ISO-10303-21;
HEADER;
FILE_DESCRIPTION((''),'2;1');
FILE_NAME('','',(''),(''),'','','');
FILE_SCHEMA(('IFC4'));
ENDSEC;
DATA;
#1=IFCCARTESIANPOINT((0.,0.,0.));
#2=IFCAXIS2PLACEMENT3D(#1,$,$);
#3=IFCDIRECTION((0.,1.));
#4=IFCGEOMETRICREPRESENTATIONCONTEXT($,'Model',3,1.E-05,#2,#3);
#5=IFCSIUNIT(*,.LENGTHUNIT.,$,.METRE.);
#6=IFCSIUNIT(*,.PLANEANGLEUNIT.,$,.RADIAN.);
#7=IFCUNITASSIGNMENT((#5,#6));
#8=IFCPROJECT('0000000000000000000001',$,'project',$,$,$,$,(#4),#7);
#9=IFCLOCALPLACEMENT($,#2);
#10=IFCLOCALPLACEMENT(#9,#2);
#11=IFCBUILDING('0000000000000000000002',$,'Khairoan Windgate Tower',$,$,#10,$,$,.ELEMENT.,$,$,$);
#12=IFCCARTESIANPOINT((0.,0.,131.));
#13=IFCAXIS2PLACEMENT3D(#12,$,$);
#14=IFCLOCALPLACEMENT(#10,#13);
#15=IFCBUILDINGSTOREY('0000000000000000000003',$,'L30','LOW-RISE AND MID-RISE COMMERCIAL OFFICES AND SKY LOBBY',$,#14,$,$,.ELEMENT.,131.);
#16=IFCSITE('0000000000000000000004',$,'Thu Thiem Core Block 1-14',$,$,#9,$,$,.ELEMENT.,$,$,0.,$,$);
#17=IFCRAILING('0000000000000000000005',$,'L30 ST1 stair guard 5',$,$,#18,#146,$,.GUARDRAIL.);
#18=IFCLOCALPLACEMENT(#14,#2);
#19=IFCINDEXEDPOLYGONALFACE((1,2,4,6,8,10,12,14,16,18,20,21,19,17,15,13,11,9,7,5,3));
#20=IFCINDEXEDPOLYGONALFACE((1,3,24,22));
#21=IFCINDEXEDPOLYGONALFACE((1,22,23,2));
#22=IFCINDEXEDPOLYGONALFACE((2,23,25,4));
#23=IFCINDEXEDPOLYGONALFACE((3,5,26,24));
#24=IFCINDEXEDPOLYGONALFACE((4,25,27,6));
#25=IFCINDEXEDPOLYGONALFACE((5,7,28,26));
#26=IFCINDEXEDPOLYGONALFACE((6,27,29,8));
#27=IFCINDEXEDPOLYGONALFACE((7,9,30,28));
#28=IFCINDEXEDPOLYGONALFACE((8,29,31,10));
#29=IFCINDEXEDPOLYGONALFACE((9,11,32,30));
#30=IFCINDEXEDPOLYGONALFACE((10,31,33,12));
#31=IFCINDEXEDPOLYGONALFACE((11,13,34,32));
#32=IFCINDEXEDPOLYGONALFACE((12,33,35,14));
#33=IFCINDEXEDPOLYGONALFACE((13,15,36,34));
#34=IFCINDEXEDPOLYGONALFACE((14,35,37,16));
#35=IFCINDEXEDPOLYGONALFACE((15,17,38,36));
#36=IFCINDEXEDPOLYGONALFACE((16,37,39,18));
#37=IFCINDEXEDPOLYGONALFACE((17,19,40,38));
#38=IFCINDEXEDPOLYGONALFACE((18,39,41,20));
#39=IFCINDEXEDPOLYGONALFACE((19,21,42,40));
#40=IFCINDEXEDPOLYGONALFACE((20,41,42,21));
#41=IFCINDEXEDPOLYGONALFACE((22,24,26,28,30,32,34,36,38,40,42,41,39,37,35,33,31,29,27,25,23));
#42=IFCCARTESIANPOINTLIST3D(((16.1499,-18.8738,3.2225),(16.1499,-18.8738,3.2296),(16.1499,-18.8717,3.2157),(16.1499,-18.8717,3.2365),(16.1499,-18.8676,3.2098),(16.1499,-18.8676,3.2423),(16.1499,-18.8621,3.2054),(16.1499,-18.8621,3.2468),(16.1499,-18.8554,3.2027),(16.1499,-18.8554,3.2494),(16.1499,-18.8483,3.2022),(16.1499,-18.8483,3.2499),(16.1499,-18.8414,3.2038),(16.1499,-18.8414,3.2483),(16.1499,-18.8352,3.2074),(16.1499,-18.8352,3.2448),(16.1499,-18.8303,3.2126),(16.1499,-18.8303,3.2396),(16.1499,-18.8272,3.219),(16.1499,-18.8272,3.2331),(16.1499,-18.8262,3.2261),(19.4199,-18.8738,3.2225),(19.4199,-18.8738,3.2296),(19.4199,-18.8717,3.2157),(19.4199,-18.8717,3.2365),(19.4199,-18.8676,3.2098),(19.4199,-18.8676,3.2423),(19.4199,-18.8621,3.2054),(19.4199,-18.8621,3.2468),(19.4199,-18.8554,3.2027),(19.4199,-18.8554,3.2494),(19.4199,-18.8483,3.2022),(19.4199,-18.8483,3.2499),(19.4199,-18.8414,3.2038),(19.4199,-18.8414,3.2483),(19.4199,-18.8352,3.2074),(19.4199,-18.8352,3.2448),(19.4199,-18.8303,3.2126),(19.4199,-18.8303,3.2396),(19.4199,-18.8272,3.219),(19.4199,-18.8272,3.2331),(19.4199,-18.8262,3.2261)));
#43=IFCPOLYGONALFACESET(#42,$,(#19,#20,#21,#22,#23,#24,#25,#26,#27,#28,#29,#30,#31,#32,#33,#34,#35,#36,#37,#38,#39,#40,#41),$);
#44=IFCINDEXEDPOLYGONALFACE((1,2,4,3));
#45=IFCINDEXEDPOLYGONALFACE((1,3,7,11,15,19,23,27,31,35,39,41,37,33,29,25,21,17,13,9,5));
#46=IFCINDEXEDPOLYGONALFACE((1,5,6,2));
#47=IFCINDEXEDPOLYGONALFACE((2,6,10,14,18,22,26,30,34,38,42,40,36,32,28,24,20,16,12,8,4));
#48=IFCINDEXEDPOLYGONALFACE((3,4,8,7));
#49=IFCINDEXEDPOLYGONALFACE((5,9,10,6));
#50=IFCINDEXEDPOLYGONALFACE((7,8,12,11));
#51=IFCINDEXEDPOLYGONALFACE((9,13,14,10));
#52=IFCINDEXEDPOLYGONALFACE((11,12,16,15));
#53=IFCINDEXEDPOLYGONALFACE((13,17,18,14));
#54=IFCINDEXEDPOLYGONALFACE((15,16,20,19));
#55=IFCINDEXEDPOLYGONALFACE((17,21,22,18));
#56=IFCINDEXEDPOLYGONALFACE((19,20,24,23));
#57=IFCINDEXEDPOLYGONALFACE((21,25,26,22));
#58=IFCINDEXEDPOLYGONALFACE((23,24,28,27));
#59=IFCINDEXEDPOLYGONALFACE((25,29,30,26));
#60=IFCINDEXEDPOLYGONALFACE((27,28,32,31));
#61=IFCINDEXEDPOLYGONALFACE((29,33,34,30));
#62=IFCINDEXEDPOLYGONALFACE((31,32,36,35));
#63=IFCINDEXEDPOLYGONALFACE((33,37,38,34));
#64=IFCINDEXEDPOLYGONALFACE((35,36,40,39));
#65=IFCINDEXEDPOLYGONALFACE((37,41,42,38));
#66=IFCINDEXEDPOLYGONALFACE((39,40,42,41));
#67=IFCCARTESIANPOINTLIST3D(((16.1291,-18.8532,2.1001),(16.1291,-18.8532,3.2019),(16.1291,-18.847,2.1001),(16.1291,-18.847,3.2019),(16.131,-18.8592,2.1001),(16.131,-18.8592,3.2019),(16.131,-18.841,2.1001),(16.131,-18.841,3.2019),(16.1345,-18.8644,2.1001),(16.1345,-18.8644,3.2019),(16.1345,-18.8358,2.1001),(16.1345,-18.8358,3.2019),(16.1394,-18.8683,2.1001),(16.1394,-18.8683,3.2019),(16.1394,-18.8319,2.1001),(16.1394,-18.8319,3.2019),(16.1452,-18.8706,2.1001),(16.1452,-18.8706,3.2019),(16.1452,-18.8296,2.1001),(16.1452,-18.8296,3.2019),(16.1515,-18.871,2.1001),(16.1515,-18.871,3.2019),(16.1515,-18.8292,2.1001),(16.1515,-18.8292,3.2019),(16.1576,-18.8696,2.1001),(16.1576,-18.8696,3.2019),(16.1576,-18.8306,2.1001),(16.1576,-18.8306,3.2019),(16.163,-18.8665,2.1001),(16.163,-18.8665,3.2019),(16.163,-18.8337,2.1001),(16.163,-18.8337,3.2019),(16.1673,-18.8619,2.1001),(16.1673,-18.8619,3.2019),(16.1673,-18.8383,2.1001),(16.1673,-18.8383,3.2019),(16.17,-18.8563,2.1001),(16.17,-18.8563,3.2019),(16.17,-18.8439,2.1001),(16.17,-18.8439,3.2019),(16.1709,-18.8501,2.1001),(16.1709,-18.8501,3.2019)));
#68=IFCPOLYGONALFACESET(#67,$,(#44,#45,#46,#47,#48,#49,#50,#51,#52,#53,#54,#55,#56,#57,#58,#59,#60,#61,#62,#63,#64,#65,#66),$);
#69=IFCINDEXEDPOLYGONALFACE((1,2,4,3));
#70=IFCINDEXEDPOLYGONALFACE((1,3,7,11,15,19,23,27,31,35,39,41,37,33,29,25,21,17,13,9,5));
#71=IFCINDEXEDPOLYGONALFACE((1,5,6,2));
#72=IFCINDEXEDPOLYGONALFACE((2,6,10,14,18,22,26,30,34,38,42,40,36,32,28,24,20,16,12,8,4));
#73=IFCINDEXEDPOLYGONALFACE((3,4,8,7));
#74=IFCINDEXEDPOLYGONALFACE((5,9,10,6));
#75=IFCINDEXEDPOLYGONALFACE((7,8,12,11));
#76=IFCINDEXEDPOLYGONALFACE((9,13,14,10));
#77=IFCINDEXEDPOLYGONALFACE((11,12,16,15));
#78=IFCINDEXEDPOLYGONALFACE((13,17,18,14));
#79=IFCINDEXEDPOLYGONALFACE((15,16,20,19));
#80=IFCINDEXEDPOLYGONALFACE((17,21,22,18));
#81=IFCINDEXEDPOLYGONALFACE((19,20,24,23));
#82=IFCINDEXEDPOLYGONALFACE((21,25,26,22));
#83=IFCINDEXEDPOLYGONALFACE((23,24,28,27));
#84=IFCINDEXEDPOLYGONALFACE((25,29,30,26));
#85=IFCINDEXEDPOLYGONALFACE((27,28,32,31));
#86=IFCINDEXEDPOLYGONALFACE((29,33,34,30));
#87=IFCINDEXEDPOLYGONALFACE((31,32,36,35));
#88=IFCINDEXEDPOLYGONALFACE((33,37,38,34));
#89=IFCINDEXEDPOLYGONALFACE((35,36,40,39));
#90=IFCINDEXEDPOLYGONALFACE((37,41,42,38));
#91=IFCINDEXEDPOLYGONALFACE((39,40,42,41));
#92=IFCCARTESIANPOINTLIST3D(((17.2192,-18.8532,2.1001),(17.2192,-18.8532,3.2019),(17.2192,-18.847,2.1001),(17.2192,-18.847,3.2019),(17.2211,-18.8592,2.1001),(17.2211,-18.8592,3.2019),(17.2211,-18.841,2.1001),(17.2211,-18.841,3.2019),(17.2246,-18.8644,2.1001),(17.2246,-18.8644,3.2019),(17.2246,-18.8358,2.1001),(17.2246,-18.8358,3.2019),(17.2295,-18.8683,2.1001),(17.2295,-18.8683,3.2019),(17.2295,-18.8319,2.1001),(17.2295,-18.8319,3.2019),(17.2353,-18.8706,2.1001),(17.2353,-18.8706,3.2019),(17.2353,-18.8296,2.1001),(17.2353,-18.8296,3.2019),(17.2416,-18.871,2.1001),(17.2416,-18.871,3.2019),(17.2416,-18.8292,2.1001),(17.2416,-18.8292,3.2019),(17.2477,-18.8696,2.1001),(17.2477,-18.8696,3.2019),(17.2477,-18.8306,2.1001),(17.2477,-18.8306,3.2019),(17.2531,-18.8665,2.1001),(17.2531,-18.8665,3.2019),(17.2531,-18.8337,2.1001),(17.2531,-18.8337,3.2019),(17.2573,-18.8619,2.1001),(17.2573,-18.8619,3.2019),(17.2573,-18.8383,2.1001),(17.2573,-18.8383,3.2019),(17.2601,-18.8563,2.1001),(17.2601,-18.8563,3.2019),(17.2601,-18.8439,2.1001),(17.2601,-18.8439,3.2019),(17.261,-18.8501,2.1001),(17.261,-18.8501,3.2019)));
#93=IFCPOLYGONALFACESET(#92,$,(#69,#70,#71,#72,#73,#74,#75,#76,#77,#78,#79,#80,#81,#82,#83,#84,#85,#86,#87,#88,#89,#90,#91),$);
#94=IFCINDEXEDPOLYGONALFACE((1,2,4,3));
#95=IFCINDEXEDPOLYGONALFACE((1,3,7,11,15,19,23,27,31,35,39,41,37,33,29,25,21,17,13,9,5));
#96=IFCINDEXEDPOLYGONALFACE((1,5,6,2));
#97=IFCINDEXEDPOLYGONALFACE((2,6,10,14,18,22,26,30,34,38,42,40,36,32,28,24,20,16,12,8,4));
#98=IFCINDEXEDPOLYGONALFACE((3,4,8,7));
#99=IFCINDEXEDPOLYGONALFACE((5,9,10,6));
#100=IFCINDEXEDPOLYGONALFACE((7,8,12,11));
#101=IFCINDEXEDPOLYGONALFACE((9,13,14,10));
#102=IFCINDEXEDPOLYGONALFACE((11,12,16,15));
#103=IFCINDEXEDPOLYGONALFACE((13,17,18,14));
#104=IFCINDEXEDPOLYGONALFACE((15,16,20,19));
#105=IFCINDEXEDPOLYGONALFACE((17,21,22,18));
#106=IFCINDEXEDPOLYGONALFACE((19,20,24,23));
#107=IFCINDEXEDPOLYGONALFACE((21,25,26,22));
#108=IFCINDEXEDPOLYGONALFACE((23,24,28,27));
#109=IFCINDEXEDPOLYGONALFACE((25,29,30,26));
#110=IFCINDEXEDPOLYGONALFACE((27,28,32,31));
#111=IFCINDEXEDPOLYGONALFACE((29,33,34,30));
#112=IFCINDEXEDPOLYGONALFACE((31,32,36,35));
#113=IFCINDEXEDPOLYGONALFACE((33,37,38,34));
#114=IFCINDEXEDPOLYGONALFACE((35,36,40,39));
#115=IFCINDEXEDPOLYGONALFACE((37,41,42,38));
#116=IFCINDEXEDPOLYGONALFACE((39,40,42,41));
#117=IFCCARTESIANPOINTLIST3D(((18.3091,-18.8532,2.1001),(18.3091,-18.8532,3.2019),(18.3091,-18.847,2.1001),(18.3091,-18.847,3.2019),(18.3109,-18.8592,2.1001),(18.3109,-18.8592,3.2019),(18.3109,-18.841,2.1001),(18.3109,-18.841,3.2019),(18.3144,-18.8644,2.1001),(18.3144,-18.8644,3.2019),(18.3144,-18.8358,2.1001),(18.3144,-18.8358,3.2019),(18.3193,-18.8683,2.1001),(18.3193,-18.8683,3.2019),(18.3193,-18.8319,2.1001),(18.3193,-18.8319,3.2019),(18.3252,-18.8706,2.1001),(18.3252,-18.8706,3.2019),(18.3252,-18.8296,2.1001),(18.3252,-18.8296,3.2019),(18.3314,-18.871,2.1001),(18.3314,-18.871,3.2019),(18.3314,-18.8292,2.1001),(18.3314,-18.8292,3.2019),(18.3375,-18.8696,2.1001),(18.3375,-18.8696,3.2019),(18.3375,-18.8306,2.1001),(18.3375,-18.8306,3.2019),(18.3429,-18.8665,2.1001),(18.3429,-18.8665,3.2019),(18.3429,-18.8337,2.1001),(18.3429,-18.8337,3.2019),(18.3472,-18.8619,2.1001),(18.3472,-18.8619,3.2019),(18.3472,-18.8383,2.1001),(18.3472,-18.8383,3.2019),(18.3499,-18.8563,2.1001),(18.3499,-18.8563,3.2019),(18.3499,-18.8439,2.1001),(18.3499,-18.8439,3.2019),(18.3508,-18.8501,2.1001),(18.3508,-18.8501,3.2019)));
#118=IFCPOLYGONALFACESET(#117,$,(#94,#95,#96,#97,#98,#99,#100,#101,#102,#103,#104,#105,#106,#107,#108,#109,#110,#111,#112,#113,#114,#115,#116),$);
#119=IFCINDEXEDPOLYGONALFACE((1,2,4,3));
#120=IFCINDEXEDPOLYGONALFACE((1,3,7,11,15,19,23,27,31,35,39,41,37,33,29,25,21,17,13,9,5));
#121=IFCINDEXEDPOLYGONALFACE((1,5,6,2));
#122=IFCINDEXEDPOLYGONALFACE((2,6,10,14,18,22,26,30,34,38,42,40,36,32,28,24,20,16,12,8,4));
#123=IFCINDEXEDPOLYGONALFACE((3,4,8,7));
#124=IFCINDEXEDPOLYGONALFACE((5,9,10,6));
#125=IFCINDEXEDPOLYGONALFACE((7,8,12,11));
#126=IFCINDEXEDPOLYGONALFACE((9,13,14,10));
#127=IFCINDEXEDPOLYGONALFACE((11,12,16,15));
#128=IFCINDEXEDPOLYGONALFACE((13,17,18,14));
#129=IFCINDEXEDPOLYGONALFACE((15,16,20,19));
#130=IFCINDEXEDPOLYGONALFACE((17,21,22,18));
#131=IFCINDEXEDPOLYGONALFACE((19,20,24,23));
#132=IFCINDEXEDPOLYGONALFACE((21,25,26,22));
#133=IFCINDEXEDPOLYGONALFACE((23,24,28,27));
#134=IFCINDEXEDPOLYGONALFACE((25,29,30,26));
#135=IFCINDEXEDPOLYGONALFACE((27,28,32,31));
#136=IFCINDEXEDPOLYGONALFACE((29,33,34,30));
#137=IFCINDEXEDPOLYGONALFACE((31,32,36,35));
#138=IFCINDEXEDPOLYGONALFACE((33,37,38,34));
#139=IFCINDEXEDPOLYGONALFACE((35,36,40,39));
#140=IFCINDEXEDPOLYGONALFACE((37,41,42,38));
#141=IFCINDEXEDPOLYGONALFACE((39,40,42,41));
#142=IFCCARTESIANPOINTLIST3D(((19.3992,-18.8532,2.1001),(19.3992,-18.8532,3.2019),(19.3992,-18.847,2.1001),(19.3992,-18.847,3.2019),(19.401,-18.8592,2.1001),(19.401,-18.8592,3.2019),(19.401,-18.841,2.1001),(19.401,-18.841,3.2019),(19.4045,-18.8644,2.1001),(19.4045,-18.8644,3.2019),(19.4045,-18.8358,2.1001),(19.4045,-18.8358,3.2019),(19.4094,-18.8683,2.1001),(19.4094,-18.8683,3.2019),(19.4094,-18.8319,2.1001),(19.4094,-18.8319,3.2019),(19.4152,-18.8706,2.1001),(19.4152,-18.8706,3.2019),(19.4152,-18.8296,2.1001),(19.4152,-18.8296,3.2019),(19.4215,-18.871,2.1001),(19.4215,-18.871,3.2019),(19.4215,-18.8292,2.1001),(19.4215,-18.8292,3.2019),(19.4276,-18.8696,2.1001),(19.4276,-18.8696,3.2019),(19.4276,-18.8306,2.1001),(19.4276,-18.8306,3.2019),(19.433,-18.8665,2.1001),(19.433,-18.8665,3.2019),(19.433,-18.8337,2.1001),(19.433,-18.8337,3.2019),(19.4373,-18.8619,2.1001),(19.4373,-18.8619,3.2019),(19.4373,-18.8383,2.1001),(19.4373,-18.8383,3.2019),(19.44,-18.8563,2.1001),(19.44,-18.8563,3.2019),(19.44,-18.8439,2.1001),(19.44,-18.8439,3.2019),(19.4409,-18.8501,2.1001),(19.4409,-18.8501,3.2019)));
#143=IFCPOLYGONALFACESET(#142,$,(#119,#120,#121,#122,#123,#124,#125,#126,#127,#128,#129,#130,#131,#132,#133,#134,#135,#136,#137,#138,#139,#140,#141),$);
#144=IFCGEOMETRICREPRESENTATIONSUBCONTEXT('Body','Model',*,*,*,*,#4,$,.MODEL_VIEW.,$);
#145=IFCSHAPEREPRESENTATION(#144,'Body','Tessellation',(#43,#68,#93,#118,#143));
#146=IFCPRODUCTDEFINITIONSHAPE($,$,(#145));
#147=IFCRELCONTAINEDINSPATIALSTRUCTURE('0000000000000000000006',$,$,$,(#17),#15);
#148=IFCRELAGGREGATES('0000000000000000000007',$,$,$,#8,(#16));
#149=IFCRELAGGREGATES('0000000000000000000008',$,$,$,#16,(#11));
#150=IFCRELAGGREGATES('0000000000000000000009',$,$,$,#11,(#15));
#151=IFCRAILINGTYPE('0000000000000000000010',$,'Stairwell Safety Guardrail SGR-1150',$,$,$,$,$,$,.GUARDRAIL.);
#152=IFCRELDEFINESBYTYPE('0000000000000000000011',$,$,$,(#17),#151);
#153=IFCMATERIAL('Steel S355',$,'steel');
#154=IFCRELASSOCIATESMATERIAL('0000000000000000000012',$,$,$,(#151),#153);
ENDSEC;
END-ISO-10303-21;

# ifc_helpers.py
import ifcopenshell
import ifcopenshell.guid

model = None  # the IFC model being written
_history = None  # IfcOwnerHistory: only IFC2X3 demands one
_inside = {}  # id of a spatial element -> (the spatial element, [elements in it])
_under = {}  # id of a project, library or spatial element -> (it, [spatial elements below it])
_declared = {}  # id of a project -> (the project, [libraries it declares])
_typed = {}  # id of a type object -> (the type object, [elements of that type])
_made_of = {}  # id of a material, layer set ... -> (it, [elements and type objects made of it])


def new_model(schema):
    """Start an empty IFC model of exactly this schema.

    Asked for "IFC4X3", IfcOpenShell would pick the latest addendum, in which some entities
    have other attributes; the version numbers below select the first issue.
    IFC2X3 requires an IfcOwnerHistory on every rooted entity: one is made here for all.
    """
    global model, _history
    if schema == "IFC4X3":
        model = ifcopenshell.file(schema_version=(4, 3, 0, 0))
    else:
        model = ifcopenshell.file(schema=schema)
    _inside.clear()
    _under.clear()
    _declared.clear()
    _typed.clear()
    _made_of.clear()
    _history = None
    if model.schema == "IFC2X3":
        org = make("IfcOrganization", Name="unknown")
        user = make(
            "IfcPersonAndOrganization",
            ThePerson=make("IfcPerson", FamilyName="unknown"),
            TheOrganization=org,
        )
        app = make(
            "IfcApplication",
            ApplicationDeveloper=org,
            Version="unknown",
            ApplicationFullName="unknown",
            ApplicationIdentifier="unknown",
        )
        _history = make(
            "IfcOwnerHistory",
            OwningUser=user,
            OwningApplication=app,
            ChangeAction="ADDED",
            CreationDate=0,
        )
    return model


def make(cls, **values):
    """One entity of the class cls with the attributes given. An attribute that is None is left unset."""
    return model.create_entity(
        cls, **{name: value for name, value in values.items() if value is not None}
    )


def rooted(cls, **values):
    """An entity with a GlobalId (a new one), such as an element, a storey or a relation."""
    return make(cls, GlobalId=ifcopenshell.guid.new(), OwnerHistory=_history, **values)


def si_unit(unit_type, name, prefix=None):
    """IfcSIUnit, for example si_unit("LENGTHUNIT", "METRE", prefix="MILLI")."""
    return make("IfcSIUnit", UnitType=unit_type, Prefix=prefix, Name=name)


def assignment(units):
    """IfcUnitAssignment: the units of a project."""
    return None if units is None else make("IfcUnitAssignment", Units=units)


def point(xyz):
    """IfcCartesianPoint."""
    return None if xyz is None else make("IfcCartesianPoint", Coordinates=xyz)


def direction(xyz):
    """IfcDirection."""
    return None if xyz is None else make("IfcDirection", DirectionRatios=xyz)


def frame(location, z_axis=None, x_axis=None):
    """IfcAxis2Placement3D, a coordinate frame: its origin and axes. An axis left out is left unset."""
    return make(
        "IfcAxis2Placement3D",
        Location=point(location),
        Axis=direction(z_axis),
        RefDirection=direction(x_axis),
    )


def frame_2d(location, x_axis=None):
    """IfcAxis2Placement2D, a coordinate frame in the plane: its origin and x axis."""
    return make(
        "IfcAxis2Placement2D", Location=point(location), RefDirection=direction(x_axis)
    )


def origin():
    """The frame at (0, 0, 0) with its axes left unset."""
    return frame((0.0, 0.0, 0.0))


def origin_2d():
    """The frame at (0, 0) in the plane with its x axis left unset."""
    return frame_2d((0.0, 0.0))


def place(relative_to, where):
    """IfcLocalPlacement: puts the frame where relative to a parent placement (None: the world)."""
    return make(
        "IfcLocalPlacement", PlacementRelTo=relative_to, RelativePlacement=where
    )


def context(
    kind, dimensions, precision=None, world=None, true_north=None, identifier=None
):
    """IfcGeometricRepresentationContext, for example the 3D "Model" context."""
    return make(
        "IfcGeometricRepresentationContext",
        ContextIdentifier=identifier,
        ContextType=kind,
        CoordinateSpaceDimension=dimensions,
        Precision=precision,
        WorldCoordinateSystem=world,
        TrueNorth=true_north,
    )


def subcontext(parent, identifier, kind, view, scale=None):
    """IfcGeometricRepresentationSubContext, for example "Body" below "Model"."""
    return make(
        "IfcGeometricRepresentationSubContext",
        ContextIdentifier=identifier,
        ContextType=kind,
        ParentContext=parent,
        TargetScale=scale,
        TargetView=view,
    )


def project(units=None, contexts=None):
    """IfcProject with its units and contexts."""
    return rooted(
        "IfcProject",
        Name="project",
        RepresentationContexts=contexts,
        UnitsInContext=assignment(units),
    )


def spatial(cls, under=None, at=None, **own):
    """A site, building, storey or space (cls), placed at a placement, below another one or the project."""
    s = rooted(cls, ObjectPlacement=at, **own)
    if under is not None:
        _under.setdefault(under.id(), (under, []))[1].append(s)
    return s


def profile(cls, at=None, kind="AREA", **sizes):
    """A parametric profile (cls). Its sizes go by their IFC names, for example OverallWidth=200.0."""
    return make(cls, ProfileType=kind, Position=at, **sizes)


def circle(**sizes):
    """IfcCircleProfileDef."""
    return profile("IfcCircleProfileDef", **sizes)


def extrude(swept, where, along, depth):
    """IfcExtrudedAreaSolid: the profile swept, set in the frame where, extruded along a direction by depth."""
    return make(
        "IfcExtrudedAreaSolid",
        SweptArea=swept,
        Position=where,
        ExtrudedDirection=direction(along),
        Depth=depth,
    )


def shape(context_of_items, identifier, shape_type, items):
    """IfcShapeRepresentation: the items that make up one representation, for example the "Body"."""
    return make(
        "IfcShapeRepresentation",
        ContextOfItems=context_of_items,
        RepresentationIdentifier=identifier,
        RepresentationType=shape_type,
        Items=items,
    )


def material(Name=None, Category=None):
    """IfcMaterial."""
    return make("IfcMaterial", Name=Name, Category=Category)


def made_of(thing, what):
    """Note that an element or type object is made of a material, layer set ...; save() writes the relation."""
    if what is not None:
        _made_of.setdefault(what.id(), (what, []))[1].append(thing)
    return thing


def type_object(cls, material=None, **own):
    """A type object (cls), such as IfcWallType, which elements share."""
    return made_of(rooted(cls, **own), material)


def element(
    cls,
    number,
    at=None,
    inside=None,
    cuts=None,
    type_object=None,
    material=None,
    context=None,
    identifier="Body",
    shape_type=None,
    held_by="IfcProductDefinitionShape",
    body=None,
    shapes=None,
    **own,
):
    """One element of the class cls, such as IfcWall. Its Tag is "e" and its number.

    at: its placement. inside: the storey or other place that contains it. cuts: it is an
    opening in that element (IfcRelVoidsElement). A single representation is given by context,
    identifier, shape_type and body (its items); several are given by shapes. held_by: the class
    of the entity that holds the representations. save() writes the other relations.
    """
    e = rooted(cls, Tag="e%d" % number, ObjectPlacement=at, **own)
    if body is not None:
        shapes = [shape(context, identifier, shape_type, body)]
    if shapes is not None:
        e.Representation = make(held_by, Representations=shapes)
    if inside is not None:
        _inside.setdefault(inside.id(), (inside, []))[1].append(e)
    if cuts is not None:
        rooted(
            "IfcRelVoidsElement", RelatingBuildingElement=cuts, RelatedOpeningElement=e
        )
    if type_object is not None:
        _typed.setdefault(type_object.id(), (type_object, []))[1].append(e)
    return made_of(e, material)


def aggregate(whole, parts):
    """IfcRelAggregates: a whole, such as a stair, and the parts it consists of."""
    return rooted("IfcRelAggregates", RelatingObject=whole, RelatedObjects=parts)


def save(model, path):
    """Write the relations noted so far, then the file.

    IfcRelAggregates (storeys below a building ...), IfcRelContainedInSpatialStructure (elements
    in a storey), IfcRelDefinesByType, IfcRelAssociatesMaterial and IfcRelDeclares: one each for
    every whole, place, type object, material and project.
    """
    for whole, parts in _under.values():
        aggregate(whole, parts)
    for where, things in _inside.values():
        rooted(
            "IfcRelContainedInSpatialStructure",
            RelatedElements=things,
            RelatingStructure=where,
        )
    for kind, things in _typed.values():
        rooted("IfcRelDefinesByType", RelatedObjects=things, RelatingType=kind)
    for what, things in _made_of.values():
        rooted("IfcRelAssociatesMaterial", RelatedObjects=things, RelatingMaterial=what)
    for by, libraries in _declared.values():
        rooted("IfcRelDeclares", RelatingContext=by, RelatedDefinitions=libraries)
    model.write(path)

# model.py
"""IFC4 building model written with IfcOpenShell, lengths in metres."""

from ifc_helpers import new_model, si_unit, direction, frame, origin, origin_2d, place, context, subcontext, project, spatial, circle, extrude, material, type_object, element, save


model = new_model("IFC4")

# Units and contexts
model_context = context("Model", 3, precision=1e-05, world=origin(), true_north=direction((0.0, 1.0)))
body_context = subcontext(model_context, "Body", "Model", "MODEL_VIEW")
ifc_project = project(units=[si_unit("LENGTHUNIT", "METRE"), si_unit("PLANEANGLEUNIT", "RADIAN")], contexts=[model_context])

# Site, building, storey
site_placement = place(None, origin())
site = spatial("IfcSite", under=ifc_project, at=site_placement, Name="Thu Thiem Core Block 1-14", CompositionType="ELEMENT", RefElevation=0.0)
building_placement = place(site_placement, origin())
building = spatial("IfcBuilding", under=site, at=building_placement, Name="Khairoan Windgate Tower", CompositionType="ELEMENT")
storey_placement = place(building_placement, frame((0.0, 0.0, 131.0)))
storey = spatial("IfcBuildingStorey", under=building, at=storey_placement, Name="L30", Description="LOW-RISE AND MID-RISE COMMERCIAL OFFICES AND SKY LOBBY", CompositionType="ELEMENT", Elevation=131.0)

# Railing
ifc_material_1 = material(Name="Steel S355", Category="steel")
railing_type = type_object("IfcRailingType", Name="Stairwell Safety Guardrail SGR-1150", PredefinedType="GUARDRAIL", material=ifc_material_1)
railing_1_placement = place(storey_placement, frame((16.1499, -18.8501, 2.1001)))
element("IfcRailing", 1, at=railing_1_placement, inside=storey, type_object=railing_type, Name="L30 ST1 stair guard 5", PredefinedType="GUARDRAIL", context=body_context, shape_type="SweptSolid", body=[
    extrude(circle(Radius=0.0239, at=origin_2d()), frame((0.0, 0.0, 1.126), z_axis=(1.0, 0.0, 0.0), x_axis=(0.0, 1.0, 0.0)), (0.0, 0.0, 1.0), 3.27),
    extrude(circle(Radius=0.021, at=origin_2d()), origin(), (0.0, 0.0, 1.0), 1.1018),
    extrude(circle(Radius=0.021, at=origin_2d()), frame((1.0901, 0.0, 0.0)), (0.0, 0.0, 1.0), 1.1018),
    extrude(circle(Radius=0.021, at=origin_2d()), frame((2.1799, 0.0, 0.0)), (0.0, 0.0, 1.0), 1.1018),
    extrude(circle(Radius=0.021, at=origin_2d()), frame((3.27, 0.0, 0.0)), (0.0, 0.0, 1.0), 1.1018),
])

save(model, "model.ifc")
